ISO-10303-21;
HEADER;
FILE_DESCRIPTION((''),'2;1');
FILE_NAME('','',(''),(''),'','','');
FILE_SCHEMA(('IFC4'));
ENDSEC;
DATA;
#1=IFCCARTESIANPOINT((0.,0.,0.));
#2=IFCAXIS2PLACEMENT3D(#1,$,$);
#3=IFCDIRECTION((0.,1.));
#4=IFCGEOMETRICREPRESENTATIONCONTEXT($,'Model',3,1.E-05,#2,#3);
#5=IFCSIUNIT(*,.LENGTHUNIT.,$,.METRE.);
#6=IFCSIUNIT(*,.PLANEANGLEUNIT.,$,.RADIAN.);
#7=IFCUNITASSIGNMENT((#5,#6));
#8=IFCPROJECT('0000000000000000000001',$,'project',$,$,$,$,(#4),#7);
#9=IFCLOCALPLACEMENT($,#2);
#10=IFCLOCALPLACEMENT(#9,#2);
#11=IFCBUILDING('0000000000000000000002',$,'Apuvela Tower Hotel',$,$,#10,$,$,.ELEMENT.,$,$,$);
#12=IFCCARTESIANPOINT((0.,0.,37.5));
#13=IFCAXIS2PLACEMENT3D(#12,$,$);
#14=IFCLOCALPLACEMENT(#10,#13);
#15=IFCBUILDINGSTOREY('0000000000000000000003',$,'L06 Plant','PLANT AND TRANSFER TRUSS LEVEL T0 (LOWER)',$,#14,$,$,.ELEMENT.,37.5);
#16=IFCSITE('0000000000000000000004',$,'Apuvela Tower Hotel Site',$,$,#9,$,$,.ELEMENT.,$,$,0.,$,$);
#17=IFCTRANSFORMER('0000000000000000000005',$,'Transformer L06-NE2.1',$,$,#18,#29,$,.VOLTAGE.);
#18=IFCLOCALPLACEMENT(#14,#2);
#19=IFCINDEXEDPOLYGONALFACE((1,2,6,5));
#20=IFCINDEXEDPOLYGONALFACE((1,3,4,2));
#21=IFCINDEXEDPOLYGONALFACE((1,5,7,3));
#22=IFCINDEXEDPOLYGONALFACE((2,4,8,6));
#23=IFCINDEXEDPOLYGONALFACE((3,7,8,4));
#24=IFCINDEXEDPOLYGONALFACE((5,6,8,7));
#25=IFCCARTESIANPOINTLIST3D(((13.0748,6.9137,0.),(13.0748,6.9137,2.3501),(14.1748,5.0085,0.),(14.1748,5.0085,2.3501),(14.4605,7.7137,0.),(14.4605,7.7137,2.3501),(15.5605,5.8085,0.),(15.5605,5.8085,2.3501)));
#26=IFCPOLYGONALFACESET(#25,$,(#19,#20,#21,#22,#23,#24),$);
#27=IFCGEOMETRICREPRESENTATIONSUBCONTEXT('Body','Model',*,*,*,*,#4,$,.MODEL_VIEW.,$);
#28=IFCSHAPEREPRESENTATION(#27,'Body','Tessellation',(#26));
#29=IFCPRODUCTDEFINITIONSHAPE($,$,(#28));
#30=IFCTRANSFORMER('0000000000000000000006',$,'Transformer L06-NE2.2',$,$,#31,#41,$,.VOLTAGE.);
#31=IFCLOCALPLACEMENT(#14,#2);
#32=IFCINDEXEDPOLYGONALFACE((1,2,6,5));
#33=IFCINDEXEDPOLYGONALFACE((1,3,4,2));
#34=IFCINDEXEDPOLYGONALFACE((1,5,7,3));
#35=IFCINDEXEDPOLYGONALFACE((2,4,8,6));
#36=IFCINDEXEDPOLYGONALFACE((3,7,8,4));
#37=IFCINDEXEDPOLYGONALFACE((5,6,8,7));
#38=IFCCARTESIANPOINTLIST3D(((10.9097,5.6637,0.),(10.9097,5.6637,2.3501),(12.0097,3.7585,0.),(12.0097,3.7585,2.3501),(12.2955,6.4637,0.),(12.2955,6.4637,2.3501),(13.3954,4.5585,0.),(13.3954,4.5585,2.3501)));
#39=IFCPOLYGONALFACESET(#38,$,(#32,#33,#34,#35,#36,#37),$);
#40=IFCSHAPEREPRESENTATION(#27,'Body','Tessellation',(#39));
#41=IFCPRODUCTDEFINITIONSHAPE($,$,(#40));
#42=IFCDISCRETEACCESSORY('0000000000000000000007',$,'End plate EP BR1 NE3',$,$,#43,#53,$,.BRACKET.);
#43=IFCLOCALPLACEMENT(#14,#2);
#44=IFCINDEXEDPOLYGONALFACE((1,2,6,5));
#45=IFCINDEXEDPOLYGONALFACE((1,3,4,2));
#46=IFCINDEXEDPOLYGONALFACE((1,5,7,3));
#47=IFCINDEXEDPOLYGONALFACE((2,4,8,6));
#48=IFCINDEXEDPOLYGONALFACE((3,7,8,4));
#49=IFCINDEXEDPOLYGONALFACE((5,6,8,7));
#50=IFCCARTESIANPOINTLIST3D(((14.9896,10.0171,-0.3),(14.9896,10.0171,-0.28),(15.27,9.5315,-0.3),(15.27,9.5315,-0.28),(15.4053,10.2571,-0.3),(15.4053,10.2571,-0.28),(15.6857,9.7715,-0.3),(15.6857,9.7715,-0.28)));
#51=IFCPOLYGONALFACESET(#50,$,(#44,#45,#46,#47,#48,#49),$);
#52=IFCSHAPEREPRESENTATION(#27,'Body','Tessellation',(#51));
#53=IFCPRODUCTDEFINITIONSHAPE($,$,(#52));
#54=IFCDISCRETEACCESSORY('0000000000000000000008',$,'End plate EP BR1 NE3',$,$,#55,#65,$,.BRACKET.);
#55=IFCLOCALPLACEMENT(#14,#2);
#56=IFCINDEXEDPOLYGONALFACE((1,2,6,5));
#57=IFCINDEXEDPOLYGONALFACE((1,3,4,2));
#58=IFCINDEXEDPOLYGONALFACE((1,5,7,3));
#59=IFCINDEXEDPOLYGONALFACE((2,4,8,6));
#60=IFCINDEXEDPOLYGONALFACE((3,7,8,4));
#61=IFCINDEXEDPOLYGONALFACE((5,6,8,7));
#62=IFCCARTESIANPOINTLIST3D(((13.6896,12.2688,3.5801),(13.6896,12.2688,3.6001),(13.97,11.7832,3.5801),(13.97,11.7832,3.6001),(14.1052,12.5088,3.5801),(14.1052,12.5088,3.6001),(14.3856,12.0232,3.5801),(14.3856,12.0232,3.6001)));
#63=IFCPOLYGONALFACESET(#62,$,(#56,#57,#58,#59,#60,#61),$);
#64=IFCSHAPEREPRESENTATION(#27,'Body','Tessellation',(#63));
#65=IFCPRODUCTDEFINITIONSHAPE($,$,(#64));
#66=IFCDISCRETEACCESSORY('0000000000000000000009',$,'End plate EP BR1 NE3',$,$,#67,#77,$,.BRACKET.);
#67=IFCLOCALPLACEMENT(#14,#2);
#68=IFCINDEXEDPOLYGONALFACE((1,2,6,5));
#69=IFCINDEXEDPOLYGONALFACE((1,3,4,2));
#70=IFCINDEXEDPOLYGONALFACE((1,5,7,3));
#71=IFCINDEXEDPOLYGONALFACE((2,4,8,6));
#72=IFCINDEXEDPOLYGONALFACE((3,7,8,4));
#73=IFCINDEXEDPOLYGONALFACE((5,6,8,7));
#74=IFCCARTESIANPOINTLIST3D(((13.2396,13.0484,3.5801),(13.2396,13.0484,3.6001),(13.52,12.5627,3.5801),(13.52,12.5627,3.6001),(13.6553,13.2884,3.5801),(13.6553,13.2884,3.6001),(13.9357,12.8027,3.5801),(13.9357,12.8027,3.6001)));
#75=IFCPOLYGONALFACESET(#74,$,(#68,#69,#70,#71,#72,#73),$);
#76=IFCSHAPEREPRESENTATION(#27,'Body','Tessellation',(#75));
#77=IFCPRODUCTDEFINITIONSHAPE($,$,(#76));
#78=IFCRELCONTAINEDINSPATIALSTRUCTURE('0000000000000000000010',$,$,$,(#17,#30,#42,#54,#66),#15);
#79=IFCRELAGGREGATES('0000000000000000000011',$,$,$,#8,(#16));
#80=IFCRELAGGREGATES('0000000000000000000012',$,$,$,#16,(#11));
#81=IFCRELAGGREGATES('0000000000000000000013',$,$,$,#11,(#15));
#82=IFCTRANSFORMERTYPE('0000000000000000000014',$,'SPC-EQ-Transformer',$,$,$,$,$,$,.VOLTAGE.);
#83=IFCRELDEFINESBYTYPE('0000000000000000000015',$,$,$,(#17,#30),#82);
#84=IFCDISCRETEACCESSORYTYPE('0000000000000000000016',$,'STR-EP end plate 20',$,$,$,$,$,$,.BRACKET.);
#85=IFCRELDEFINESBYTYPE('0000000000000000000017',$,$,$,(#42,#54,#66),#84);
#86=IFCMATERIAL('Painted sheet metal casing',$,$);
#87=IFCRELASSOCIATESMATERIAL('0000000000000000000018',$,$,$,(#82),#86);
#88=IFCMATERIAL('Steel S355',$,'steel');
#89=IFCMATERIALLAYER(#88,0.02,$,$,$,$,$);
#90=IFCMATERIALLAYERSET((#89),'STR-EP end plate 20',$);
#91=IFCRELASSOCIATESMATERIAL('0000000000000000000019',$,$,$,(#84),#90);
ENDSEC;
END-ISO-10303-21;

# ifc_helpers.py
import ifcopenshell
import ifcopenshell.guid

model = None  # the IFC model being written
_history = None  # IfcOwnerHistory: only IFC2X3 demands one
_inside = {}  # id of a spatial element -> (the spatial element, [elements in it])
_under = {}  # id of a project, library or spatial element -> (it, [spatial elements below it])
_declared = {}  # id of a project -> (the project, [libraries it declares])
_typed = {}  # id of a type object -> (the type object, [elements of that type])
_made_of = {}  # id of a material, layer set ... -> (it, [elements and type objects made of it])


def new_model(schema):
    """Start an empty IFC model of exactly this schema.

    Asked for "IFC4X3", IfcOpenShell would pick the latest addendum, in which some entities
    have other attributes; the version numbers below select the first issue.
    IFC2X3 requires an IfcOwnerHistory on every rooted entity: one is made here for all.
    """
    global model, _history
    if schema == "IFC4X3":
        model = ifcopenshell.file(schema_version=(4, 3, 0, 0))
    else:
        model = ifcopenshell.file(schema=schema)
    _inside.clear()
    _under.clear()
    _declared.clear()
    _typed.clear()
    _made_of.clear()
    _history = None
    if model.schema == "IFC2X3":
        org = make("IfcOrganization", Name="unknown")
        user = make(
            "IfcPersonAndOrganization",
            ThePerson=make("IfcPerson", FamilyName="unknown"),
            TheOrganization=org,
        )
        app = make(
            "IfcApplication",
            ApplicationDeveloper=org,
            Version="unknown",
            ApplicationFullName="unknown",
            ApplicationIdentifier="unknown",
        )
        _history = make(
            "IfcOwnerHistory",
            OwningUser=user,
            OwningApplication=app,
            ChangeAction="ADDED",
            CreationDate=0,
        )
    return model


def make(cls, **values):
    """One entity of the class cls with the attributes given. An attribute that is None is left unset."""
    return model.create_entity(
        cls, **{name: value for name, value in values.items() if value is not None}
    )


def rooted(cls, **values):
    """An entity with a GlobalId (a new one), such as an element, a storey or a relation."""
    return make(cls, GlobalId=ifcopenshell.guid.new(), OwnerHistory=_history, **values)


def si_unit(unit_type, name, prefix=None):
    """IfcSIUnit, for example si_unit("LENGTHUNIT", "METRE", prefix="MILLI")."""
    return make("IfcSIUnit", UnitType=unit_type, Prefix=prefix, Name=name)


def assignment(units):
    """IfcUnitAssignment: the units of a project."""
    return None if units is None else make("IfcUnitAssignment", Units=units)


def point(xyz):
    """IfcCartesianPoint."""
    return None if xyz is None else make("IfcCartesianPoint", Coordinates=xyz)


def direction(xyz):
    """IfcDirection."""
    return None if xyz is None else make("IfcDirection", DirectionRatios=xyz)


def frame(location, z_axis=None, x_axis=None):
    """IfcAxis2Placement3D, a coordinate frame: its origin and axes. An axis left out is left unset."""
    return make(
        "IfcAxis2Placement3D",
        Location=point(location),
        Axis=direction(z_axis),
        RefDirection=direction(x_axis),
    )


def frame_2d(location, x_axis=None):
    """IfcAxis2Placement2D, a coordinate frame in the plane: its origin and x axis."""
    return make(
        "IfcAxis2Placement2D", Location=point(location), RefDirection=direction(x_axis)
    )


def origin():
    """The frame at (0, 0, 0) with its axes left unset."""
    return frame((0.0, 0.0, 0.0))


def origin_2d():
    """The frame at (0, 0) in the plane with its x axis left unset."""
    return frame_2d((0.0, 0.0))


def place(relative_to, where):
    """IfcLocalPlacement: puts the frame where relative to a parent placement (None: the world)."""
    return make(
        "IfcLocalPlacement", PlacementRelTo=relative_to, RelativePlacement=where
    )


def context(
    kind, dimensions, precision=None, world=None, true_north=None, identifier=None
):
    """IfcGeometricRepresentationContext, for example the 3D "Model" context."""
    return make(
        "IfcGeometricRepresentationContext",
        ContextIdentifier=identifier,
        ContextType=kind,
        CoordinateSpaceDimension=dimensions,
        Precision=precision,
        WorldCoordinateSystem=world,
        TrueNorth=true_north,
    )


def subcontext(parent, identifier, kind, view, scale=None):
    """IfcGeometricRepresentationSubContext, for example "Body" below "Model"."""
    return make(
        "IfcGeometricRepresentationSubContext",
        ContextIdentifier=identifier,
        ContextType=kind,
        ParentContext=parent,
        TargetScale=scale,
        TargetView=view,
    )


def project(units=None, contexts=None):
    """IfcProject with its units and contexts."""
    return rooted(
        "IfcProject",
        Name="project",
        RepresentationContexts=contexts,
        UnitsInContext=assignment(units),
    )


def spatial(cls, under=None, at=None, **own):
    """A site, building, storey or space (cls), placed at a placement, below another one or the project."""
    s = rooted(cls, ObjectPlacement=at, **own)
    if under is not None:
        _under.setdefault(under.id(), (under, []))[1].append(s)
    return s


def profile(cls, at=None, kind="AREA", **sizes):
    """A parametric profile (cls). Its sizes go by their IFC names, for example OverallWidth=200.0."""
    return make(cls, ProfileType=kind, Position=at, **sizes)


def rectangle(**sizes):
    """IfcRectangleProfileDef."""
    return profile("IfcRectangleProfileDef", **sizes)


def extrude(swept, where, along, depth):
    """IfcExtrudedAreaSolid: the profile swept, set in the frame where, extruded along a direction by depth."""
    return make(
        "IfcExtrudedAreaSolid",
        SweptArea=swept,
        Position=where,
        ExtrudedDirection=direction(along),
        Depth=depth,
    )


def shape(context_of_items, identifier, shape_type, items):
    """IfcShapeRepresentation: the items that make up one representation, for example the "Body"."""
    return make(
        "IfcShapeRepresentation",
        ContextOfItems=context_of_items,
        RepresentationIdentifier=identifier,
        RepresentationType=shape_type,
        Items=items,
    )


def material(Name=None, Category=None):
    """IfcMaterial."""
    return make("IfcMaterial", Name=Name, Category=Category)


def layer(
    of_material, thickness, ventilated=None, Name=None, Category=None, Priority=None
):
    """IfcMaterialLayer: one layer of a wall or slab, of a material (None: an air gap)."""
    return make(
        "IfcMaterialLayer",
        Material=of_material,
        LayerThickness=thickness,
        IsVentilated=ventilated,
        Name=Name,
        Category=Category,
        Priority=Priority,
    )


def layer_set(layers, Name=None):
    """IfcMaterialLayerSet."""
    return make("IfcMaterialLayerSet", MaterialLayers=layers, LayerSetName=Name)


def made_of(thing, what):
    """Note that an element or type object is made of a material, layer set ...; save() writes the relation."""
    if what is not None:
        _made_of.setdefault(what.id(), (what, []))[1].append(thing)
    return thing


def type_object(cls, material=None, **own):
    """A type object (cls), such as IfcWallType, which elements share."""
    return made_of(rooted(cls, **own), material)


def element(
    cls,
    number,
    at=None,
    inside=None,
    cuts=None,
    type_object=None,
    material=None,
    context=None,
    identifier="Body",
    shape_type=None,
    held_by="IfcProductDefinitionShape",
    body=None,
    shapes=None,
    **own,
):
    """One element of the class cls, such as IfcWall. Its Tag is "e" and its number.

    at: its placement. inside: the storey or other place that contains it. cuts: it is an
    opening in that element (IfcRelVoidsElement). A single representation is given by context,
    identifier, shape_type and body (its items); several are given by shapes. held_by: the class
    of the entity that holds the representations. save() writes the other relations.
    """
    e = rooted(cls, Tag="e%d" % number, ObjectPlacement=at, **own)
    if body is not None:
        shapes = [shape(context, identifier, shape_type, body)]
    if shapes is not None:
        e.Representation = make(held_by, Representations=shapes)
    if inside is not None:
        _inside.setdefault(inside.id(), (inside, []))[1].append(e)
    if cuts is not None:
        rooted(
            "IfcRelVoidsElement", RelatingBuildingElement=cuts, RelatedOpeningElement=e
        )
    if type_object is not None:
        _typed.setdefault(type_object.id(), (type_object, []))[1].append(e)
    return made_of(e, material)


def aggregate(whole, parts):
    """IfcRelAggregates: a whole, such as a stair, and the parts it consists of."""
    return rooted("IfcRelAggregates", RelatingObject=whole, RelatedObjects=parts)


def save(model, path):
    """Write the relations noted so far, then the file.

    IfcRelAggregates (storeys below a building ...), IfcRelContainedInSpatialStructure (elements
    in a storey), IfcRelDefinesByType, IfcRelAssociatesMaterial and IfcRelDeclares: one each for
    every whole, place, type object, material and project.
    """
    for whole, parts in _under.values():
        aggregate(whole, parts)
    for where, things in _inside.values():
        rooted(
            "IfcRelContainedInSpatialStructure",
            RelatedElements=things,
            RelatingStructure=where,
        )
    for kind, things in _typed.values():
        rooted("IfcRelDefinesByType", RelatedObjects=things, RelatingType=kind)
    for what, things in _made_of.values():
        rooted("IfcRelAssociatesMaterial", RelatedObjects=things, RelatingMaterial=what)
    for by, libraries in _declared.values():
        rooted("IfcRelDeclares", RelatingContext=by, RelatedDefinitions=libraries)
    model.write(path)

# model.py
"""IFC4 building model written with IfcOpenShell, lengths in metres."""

from ifc_helpers import new_model, si_unit, direction, frame, origin, origin_2d, place, context, subcontext, project, spatial, rectangle, extrude, material, layer, layer_set, type_object, element, save


model = new_model("IFC4")

# Units and contexts
model_context = context("Model", 3, precision=1e-05, world=origin(), true_north=direction((0.0, 1.0)))
body_context = subcontext(model_context, "Body", "Model", "MODEL_VIEW")
ifc_project = project(units=[si_unit("LENGTHUNIT", "METRE"), si_unit("PLANEANGLEUNIT", "RADIAN")], contexts=[model_context])

# Site, building, storey
site_placement = place(None, origin())
site = spatial("IfcSite", under=ifc_project, at=site_placement, Name="Apuvela Tower Hotel Site", CompositionType="ELEMENT", RefElevation=0.0)
building_placement = place(site_placement, origin())
building = spatial("IfcBuilding", under=site, at=building_placement, Name="Apuvela Tower Hotel", CompositionType="ELEMENT")
storey_placement = place(building_placement, frame((0.0, 0.0, 37.5)))
storey = spatial("IfcBuildingStorey", under=building, at=storey_placement, Name="L06 Plant", Description="PLANT AND TRANSFER TRUSS LEVEL T0 (LOWER)", CompositionType="ELEMENT", Elevation=37.5)

# Shared definitions
ifc_material_1 = material(Name="Steel S355", Category="steel")

# Shared definitions
ifc_material_2 = material(Name="Painted sheet metal casing")

# Transformers
transformer_type = type_object("IfcTransformerType", Name="SPC-EQ-Transformer", PredefinedType="VOLTAGE", material=ifc_material_2)
for number, where, z_axis, x_axis, name in (
    (1, (14.3176, 6.3611, 0.0), (0.0, 0.0, 1.0), (-0.5, 0.866025, 0.0), "Transformer L06-NE2.1"),
    (2, (12.1526, 5.1111, 0.0), (0.0, 0.0, 1.0), (-0.5, 0.866025, 0.0), "Transformer L06-NE2.2"),
):
    element("IfcTransformer", number, at=place(storey_placement, frame(where, z_axis=z_axis, x_axis=x_axis)), inside=storey, type_object=transformer_type, Name=name, PredefinedType="VOLTAGE", context=body_context, shape_type="SweptSolid", body=[
        extrude(rectangle(XDim=2.2, YDim=1.6001, at=origin_2d()), origin(), (0.0, 0.0, 1.0), 2.3501),
    ])

# Discrete accessories
ifc_layer_1 = layer(ifc_material_1, 0.02)
ifc_layer_set_1 = layer_set([ifc_layer_1], Name="STR-EP end plate 20")
discrete_accessory_type = type_object("IfcDiscreteAccessoryType", Name="STR-EP end plate 20", PredefinedType="BRACKET", material=ifc_layer_set_1)
for number, where, z_axis, x_axis, name in (
    (3, (15.3376, 9.8943, -0.3), (0.0, 0.0, 1.0), (-0.5, 0.866025, 0.0), "End plate EP BR1 NE3"),
    (4, (14.0376, 12.146, 3.5801), (0.0, 0.0, 1.0), (-0.5, 0.866025, 0.0), "End plate EP BR1 NE3"),
    (5, (13.5876, 12.9255, 3.5801), (0.0, 0.0, 1.0), (0.5, -0.866025, 0.0), "End plate EP BR1 NE3"),
):
    element("IfcDiscreteAccessory", number, at=place(storey_placement, frame(where, z_axis=z_axis, x_axis=x_axis)), inside=storey, type_object=discrete_accessory_type, Name=name, PredefinedType="BRACKET", context=body_context, shape_type="SweptSolid", body=[
        extrude(rectangle(XDim=0.5608, YDim=0.48, at=origin_2d()), origin(), (0.0, 0.0, 1.0), 0.02),
    ])

save(model, "model.ifc")
